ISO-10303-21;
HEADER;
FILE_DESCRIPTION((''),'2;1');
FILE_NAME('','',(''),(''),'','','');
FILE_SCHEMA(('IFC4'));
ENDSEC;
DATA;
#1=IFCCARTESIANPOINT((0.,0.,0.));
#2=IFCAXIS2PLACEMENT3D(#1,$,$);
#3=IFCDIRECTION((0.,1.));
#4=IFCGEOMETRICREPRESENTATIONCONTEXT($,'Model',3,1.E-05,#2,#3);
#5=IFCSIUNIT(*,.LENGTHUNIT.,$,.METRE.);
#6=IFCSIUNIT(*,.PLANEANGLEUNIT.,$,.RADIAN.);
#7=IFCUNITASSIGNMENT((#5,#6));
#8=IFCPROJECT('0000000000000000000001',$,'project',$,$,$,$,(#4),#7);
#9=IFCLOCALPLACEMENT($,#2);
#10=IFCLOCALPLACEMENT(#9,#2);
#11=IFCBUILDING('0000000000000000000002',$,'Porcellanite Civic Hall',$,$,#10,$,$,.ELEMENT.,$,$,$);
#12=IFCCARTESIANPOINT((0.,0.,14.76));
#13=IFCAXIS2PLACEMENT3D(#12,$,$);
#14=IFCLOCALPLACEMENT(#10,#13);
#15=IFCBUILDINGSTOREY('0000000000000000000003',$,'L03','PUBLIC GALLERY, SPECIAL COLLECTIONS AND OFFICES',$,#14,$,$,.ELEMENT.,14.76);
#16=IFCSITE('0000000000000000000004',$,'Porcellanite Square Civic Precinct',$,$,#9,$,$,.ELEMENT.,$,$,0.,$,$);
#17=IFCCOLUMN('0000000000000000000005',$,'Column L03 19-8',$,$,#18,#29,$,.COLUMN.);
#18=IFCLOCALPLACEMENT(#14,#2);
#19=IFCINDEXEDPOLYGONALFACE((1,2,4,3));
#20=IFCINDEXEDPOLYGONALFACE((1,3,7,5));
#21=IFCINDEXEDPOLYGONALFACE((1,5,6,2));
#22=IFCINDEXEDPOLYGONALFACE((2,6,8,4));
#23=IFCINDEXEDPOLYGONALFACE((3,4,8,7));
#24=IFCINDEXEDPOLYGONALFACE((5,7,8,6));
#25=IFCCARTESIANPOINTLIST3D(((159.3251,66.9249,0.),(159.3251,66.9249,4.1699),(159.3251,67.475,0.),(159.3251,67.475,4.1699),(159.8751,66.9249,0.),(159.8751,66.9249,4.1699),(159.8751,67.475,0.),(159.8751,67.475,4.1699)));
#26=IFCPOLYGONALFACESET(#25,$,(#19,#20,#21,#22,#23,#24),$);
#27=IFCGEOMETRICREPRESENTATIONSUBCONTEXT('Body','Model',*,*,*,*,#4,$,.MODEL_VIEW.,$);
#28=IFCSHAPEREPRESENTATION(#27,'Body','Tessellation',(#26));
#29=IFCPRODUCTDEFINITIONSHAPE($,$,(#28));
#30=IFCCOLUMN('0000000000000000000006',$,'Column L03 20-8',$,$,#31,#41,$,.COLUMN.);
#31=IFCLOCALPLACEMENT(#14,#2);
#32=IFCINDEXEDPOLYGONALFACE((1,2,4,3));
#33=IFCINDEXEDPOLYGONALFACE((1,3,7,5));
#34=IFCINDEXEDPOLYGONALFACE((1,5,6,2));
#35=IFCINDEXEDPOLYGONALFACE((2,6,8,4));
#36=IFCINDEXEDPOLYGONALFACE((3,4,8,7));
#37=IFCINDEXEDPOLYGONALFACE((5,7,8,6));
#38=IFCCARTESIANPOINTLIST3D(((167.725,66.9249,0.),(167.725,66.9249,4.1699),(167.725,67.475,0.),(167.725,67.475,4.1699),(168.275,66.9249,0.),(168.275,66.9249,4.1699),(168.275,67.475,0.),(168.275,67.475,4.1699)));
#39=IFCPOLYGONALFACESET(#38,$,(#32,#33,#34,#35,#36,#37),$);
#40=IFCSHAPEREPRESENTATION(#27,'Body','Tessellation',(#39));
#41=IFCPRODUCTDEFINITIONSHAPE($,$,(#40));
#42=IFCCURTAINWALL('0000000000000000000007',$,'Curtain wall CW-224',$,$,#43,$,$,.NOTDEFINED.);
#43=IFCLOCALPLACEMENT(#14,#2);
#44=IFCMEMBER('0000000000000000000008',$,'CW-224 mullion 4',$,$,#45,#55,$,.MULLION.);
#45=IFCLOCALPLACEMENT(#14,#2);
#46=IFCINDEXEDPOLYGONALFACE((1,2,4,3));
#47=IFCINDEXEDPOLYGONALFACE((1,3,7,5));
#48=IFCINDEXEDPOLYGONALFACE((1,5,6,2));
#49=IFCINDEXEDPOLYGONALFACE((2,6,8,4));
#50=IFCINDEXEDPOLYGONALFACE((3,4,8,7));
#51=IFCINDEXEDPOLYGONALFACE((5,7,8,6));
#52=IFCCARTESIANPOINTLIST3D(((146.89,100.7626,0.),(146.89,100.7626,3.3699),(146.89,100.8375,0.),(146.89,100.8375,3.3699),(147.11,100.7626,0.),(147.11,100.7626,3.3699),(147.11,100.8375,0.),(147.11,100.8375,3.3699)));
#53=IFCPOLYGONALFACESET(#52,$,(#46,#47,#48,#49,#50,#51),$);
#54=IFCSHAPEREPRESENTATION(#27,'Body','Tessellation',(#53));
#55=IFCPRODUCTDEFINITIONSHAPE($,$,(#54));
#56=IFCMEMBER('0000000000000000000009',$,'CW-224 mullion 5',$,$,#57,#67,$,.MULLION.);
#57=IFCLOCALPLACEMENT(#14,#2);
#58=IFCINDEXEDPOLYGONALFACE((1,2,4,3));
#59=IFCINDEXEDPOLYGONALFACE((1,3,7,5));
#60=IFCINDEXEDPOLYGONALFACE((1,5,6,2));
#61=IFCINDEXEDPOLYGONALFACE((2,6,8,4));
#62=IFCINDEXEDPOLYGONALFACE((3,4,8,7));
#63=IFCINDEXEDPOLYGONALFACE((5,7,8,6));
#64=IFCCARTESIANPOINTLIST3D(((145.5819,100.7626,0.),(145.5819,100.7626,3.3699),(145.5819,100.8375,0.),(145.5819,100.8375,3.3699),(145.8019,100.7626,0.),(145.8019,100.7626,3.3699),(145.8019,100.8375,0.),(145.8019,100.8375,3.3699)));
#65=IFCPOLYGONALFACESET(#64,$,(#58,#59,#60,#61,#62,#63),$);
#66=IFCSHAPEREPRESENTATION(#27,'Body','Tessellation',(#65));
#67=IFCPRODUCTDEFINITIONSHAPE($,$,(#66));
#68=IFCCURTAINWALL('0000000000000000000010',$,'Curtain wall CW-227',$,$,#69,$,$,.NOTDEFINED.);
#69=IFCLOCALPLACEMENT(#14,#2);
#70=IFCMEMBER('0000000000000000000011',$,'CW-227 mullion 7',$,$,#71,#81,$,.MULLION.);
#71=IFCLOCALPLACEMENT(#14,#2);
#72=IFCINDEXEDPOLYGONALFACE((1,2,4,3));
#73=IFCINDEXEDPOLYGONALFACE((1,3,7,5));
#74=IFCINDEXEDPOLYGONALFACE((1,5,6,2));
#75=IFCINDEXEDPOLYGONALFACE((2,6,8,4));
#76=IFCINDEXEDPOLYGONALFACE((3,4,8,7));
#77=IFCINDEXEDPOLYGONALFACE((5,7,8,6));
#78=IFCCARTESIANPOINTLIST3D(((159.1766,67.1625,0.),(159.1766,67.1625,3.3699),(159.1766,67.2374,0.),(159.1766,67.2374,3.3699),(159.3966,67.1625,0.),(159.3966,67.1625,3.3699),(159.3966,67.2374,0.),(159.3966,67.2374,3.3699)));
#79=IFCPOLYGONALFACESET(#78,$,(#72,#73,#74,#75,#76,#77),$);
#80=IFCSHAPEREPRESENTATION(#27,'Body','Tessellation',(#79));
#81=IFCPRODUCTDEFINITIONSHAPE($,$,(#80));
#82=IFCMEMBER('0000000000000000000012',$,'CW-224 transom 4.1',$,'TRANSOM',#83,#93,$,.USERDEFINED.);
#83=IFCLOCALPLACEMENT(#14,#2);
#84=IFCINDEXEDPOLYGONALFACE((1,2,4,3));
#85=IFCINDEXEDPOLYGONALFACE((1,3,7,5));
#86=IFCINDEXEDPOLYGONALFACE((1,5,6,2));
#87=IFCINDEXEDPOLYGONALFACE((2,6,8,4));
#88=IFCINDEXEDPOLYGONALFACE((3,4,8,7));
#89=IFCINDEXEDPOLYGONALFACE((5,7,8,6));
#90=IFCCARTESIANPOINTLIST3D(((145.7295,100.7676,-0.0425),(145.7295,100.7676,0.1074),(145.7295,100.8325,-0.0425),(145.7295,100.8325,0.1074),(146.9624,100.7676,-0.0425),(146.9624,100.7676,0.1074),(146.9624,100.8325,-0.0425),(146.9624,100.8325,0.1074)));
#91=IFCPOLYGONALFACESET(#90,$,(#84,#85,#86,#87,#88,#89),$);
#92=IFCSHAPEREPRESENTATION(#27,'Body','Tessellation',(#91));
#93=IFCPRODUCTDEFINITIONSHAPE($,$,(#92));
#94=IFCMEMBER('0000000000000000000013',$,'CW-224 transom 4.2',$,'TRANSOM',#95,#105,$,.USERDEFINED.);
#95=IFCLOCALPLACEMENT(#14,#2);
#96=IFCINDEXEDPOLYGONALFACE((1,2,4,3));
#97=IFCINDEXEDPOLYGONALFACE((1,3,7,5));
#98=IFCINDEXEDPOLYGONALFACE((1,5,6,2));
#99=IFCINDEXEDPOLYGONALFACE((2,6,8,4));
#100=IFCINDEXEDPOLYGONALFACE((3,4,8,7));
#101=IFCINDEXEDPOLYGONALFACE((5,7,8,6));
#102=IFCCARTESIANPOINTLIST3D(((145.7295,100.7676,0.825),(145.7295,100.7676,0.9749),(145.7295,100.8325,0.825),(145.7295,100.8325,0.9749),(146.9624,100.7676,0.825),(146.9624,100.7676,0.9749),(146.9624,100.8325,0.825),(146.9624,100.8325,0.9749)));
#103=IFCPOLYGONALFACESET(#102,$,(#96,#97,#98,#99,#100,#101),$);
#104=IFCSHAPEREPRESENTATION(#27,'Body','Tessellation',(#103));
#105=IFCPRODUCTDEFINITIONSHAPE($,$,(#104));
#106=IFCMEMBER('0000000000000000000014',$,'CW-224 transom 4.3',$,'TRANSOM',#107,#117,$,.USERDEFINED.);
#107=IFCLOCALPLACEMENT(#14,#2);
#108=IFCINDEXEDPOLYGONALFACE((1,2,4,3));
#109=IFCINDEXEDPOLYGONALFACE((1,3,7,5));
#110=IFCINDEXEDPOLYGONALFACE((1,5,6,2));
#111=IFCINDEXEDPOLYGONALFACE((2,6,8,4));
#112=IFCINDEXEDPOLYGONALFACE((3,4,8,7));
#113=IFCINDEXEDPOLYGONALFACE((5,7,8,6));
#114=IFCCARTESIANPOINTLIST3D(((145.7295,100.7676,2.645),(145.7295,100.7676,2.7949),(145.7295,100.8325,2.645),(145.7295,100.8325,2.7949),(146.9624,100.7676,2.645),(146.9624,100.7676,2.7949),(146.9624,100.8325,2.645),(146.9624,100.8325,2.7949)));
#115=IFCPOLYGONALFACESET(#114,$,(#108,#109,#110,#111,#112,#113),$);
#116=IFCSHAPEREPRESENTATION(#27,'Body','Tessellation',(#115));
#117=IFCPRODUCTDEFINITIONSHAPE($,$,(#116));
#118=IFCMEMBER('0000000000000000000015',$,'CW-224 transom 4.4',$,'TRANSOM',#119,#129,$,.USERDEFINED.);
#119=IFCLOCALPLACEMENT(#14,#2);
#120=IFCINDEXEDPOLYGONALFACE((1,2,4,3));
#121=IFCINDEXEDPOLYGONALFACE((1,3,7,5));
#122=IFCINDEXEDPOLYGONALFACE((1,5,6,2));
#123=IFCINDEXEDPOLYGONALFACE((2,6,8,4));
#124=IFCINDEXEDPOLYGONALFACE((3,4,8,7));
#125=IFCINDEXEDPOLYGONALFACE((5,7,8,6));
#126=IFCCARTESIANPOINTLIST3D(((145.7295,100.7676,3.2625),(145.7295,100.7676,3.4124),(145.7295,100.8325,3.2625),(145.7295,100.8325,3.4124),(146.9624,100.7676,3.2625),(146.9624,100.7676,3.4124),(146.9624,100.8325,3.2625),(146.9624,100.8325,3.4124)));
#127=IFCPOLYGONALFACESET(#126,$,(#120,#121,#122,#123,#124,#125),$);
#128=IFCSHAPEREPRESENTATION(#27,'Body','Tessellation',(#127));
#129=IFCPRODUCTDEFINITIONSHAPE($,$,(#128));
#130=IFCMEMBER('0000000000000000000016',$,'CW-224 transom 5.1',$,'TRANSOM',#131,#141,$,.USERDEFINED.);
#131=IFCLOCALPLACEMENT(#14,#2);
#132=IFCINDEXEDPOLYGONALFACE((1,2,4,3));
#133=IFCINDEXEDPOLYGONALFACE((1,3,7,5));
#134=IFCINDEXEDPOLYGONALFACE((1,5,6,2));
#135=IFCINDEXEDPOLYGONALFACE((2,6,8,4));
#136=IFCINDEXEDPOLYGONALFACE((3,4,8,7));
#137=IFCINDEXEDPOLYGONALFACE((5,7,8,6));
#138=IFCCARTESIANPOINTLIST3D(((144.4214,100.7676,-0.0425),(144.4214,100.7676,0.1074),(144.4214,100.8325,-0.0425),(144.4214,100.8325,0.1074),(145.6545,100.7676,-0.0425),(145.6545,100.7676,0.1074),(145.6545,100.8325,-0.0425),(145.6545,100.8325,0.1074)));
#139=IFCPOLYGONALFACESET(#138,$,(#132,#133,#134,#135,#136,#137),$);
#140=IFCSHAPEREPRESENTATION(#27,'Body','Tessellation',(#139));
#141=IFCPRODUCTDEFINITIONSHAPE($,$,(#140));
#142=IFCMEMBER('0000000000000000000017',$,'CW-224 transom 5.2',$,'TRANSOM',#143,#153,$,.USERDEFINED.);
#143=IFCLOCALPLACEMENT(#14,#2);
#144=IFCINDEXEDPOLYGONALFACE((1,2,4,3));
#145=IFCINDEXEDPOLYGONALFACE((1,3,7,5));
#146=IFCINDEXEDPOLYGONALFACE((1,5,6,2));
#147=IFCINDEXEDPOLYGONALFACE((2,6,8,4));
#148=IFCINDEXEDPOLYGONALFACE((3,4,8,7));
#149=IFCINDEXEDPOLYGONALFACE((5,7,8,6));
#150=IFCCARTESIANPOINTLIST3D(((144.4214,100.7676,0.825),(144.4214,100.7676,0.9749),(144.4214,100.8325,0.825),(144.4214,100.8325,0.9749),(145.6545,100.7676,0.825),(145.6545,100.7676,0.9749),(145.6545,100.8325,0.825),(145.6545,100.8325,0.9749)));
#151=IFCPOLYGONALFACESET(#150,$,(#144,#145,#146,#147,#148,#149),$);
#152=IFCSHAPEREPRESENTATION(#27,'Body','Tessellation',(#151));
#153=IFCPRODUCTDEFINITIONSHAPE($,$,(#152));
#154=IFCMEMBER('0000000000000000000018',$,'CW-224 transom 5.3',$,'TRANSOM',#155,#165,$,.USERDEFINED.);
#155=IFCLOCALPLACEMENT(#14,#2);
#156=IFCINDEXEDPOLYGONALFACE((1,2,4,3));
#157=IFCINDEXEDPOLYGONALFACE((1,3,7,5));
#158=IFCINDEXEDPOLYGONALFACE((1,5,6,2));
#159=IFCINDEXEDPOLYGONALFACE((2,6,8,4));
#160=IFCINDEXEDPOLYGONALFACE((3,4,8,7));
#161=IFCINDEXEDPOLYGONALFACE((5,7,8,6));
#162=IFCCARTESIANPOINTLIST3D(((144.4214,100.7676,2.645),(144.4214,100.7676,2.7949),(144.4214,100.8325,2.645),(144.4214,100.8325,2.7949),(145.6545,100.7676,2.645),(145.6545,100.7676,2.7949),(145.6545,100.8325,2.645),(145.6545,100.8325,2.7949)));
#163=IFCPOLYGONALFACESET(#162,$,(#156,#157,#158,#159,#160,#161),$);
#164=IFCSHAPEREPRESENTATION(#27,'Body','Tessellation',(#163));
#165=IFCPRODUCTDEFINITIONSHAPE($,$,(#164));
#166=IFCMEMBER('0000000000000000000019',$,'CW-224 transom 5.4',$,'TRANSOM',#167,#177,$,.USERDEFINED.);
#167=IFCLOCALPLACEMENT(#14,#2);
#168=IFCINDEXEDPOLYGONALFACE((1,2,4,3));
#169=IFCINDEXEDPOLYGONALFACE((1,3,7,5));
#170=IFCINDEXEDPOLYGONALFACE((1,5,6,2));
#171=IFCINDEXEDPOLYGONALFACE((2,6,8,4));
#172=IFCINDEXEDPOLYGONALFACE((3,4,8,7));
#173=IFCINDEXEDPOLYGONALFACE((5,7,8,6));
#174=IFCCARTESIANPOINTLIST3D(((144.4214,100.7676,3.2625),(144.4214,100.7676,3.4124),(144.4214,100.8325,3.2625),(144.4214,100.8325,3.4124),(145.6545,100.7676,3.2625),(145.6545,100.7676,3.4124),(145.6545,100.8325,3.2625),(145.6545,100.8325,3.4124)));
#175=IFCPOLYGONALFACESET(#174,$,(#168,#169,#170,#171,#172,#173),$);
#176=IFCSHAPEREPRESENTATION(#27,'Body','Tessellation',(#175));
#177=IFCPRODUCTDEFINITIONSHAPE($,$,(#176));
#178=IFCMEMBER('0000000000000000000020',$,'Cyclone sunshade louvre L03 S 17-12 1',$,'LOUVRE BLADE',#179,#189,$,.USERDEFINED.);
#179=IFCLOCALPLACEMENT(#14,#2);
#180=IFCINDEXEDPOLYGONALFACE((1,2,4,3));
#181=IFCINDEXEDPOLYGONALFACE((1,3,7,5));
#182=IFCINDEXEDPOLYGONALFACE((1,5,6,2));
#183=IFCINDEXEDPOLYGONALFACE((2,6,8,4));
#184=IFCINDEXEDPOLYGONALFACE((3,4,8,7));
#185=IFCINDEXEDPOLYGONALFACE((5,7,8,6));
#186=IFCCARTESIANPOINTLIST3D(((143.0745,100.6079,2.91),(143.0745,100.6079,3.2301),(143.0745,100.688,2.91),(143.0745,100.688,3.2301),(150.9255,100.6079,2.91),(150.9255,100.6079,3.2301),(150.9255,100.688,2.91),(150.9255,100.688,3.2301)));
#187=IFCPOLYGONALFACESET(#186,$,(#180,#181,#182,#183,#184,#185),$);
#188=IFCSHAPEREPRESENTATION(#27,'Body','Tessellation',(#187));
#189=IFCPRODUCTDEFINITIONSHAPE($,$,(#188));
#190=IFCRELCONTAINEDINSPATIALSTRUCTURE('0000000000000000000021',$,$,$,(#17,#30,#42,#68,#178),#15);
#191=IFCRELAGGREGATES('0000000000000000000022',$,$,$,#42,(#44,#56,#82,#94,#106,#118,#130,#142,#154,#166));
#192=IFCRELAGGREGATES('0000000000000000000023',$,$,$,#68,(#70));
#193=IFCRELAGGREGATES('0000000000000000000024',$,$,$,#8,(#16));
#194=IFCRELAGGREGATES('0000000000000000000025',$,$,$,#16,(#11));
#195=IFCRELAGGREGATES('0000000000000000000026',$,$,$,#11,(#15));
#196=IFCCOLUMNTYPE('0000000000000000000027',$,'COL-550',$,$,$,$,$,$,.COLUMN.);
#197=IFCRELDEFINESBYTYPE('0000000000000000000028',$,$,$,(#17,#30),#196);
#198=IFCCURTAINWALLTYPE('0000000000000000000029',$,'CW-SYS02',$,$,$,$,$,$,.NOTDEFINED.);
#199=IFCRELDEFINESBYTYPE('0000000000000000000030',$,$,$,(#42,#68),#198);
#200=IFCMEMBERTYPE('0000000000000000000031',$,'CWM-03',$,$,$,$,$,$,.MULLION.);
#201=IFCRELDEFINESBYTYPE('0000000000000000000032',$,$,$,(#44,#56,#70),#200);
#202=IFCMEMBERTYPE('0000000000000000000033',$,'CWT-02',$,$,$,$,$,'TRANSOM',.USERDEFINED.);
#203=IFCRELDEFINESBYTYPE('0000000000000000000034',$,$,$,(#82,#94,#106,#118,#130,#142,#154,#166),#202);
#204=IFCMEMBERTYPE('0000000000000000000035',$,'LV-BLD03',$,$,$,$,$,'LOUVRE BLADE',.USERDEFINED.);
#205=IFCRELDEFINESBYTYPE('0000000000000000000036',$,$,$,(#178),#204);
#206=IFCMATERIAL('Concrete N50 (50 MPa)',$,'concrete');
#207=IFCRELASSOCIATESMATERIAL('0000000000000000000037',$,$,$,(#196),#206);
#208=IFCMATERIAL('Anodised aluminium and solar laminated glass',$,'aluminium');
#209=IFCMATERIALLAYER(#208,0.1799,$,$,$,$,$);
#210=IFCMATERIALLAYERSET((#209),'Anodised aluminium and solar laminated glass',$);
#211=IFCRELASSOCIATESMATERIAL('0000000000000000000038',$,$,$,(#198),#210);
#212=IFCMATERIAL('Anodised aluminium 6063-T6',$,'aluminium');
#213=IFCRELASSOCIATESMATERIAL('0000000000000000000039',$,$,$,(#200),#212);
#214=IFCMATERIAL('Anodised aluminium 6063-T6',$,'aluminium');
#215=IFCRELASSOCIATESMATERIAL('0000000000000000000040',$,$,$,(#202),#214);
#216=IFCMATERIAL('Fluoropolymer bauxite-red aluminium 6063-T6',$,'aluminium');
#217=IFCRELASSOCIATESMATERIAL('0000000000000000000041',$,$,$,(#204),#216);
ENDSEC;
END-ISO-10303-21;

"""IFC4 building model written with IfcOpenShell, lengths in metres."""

from ifc_helpers import new_model, si_unit, direction, frame, origin, origin_2d, place, context, subcontext, project, spatial, rectangle, extrude, material, layer, layer_set, material_profile, profile_set, type_object, element, aggregate, save


model = new_model("IFC4")

# Units and contexts
model_context = context("Model", 3, precision=1e-05, world=origin(), true_north=direction((0.0, 1.0)))
body_context = subcontext(model_context, "Body", "Model", "MODEL_VIEW")
ifc_project = project(units=[si_unit("LENGTHUNIT", "METRE"), si_unit("PLANEANGLEUNIT", "RADIAN")], contexts=[model_context])

# Site, building, storey
site_placement = place(None, origin())
site = spatial("IfcSite", under=ifc_project, at=site_placement, Name="Porcellanite Square Civic Precinct", CompositionType="ELEMENT", RefElevation=0.0)
building_placement = place(site_placement, origin())
building = spatial("IfcBuilding", under=site, at=building_placement, Name="Porcellanite Civic Hall", CompositionType="ELEMENT")
storey_placement = place(building_placement, frame((0.0, 0.0, 14.76)))
storey = spatial("IfcBuildingStorey", under=building, at=storey_placement, Name="L03", Description="PUBLIC GALLERY, SPECIAL COLLECTIONS AND OFFICES", CompositionType="ELEMENT", Elevation=14.76)

# Columns
ifc_material_1 = material(Name="Concrete N50 (50 MPa)", Category="concrete")
ifc_material_profile_1 = material_profile(ifc_material_1, rectangle(XDim=0.55, YDim=0.55, at=origin_2d()), Name="RC-550x550")
ifc_profile_set_1 = profile_set([ifc_material_profile_1], Name="Concrete N50 (50 MPa)")
column_type = type_object("IfcColumnType", Name="COL-550", PredefinedType="COLUMN", material=ifc_profile_set_1)
for number, where, z_axis, x_axis, name in (
    (1, (159.6001, 67.2, 0.0), (0.0, 0.0, 1.0), (1.0, 0.0, 0.0), "Column L03 19-8"),
    (2, (168.0, 67.2, 0.0), (0.0, 0.0, 1.0), (1.0, 0.0, 0.0), "Column L03 20-8"),
):
    element("IfcColumn", number, at=place(storey_placement, frame(where, z_axis=z_axis, x_axis=x_axis)), inside=storey, type_object=column_type, Name=name, PredefinedType="COLUMN", context=body_context, shape_type="SweptSolid", body=[
        extrude(rectangle(XDim=0.55, YDim=0.55, at=origin_2d()), origin(), (0.0, 0.0, 1.0), 4.1699),
    ])

# Curtain wall, members
ifc_material_2 = material(Name="Anodised aluminium and solar laminated glass", Category="aluminium")
ifc_layer_1 = layer(ifc_material_2, 0.1799)
ifc_layer_set_1 = layer_set([ifc_layer_1], Name="Anodised aluminium and solar laminated glass")
curtain_wall_type = type_object("IfcCurtainWallType", Name="CW-SYS02", PredefinedType="NOTDEFINED", material=ifc_layer_set_1)
curtain_wall_1_placement = place(storey_placement, origin())
curtain_wall_1 = element("IfcCurtainWall", 3, at=curtain_wall_1_placement, inside=storey, type_object=curtain_wall_type, Name="Curtain wall CW-224", PredefinedType="NOTDEFINED")
ifc_material_3 = material(Name="Anodised aluminium 6063-T6", Category="aluminium")
ifc_material_profile_2 = material_profile(ifc_material_3, rectangle(XDim=0.075, YDim=0.22, at=origin_2d()), Name="AL-75x220")
ifc_profile_set_2 = profile_set([ifc_material_profile_2], Name="Anodised aluminium 6063-T6")
member_type_1 = type_object("IfcMemberType", Name="CWM-03", PredefinedType="MULLION", material=ifc_profile_set_2)
member_1_placement = place(storey_placement, frame((147.0, 100.8, 0.0), z_axis=(0.0, 0.0, 1.0), x_axis=(0.0, -1.0, 0.0)))
member_1 = element("IfcMember", 4, at=member_1_placement, type_object=member_type_1, Name="CW-224 mullion 4", PredefinedType="MULLION", context=body_context, shape_type="SweptSolid", body=[
    extrude(rectangle(XDim=0.075, YDim=0.22, at=origin_2d()), origin(), (0.0, 0.0, 1.0), 3.3699),
])
member_2_placement = place(storey_placement, frame((145.6919, 100.8, 0.0), z_axis=(0.0, 0.0, 1.0), x_axis=(0.0, -1.0, 0.0)))
member_2 = element("IfcMember", 5, at=member_2_placement, type_object=member_type_1, Name="CW-224 mullion 5", PredefinedType="MULLION", context=body_context, shape_type="SweptSolid", body=[
    extrude(rectangle(XDim=0.075, YDim=0.22, at=origin_2d()), origin(), (0.0, 0.0, 1.0), 3.3699),
])

# Curtain wall, member
curtain_wall_2_placement = place(storey_placement, origin())
curtain_wall_2 = element("IfcCurtainWall", 6, at=curtain_wall_2_placement, inside=storey, type_object=curtain_wall_type, Name="Curtain wall CW-227", PredefinedType="NOTDEFINED")
member_3_placement = place(storey_placement, frame((159.2866, 67.2, 0.0), z_axis=(0.0, 0.0, 1.0), x_axis=(0.0, 1.0, 0.0)))
member_3 = element("IfcMember", 7, at=member_3_placement, type_object=member_type_1, Name="CW-227 mullion 7", PredefinedType="MULLION", context=body_context, shape_type="SweptSolid", body=[
    extrude(rectangle(XDim=0.075, YDim=0.22, at=origin_2d()), origin(), (0.0, 0.0, 1.0), 3.3699),
])

# Members
ifc_material_4 = material(Name="Anodised aluminium 6063-T6", Category="aluminium")
ifc_material_profile_3 = material_profile(ifc_material_4, rectangle(XDim=0.0649, YDim=0.1499, at=origin_2d()), Name="AL-65x150")
ifc_profile_set_3 = profile_set([ifc_material_profile_3], Name="Anodised aluminium 6063-T6")
member_type_2 = type_object("IfcMemberType", Name="CWT-02", ElementType="TRANSOM", PredefinedType="USERDEFINED", material=ifc_profile_set_3)
member_4_placement = place(storey_placement, frame((146.9624, 100.8, 0.0325), z_axis=(-1.0, 0.0, 0.0), x_axis=(0.0, -1.0, 0.0)))
member_4 = element("IfcMember", 8, at=member_4_placement, type_object=member_type_2, Name="CW-224 transom 4.1", ObjectType="TRANSOM", PredefinedType="USERDEFINED", context=body_context, shape_type="SweptSolid", body=[
    extrude(rectangle(XDim=0.0649, YDim=0.1499, at=origin_2d()), origin(), (0.0, 0.0, 1.0), 1.2329),
])
member_5_placement = place(storey_placement, frame((146.9624, 100.8, 0.8999), z_axis=(-1.0, 0.0, 0.0), x_axis=(0.0, -1.0, 0.0)))
member_5 = element("IfcMember", 9, at=member_5_placement, type_object=member_type_2, Name="CW-224 transom 4.2", ObjectType="TRANSOM", PredefinedType="USERDEFINED", context=body_context, shape_type="SweptSolid", body=[
    extrude(rectangle(XDim=0.0649, YDim=0.1499, at=origin_2d()), origin(), (0.0, 0.0, 1.0), 1.2329),
])
member_6_placement = place(storey_placement, frame((146.9624, 100.8, 2.72), z_axis=(-1.0, 0.0, 0.0), x_axis=(0.0, -1.0, 0.0)))
member_6 = element("IfcMember", 10, at=member_6_placement, type_object=member_type_2, Name="CW-224 transom 4.3", ObjectType="TRANSOM", PredefinedType="USERDEFINED", context=body_context, shape_type="SweptSolid", body=[
    extrude(rectangle(XDim=0.0649, YDim=0.1499, at=origin_2d()), origin(), (0.0, 0.0, 1.0), 1.2329),
])
member_7_placement = place(storey_placement, frame((146.9624, 100.8, 3.3374), z_axis=(-1.0, 0.0, 0.0), x_axis=(0.0, -1.0, 0.0)))
member_7 = element("IfcMember", 11, at=member_7_placement, type_object=member_type_2, Name="CW-224 transom 4.4", ObjectType="TRANSOM", PredefinedType="USERDEFINED", context=body_context, shape_type="SweptSolid", body=[
    extrude(rectangle(XDim=0.0649, YDim=0.1499, at=origin_2d()), origin(), (0.0, 0.0, 1.0), 1.2329),
])
member_8_placement = place(storey_placement, frame((145.6545, 100.8, 0.0325), z_axis=(-1.0, 0.0, 0.0), x_axis=(0.0, -1.0, 0.0)))
member_8 = element("IfcMember", 12, at=member_8_placement, type_object=member_type_2, Name="CW-224 transom 5.1", ObjectType="TRANSOM", PredefinedType="USERDEFINED", context=body_context, shape_type="SweptSolid", body=[
    extrude(rectangle(XDim=0.0649, YDim=0.1499, at=origin_2d()), origin(), (0.0, 0.0, 1.0), 1.2332),
])
member_9_placement = place(storey_placement, frame((145.6545, 100.8, 0.8999), z_axis=(-1.0, 0.0, 0.0), x_axis=(0.0, -1.0, 0.0)))
member_9 = element("IfcMember", 13, at=member_9_placement, type_object=member_type_2, Name="CW-224 transom 5.2", ObjectType="TRANSOM", PredefinedType="USERDEFINED", context=body_context, shape_type="SweptSolid", body=[
    extrude(rectangle(XDim=0.0649, YDim=0.1499, at=origin_2d()), origin(), (0.0, 0.0, 1.0), 1.2332),
])
member_10_placement = place(storey_placement, frame((145.6545, 100.8, 2.72), z_axis=(-1.0, 0.0, 0.0), x_axis=(0.0, -1.0, 0.0)))
member_10 = element("IfcMember", 14, at=member_10_placement, type_object=member_type_2, Name="CW-224 transom 5.3", ObjectType="TRANSOM", PredefinedType="USERDEFINED", context=body_context, shape_type="SweptSolid", body=[
    extrude(rectangle(XDim=0.0649, YDim=0.1499, at=origin_2d()), origin(), (0.0, 0.0, 1.0), 1.2332),
])
member_11_placement = place(storey_placement, frame((145.6545, 100.8, 3.3374), z_axis=(-1.0, 0.0, 0.0), x_axis=(0.0, -1.0, 0.0)))
member_11 = element("IfcMember", 15, at=member_11_placement, type_object=member_type_2, Name="CW-224 transom 5.4", ObjectType="TRANSOM", PredefinedType="USERDEFINED", context=body_context, shape_type="SweptSolid", body=[
    extrude(rectangle(XDim=0.0649, YDim=0.1499, at=origin_2d()), origin(), (0.0, 0.0, 1.0), 1.2332),
])

# Member
ifc_material_5 = material(Name="Fluoropolymer bauxite-red aluminium 6063-T6", Category="aluminium")
ifc_material_profile_4 = material_profile(ifc_material_5, rectangle(XDim=0.0801, YDim=0.3201, at=origin_2d()), Name="AL-80x320")
ifc_profile_set_4 = profile_set([ifc_material_profile_4], Name="Fluoropolymer bauxite-red aluminium 6063-T6")
member_type_3 = type_object("IfcMemberType", Name="LV-BLD03", ElementType="LOUVRE BLADE", PredefinedType="USERDEFINED", material=ifc_profile_set_4)
for number, where, z_axis, x_axis, name in (
    (16, (150.9255, 100.6479, 3.0701), (-1.0, 0.0, 0.0), (0.0, -1.0, 0.0), "Cyclone sunshade louvre L03 S 17-12 1"),
):
    element("IfcMember", number, at=place(storey_placement, frame(where, z_axis=z_axis, x_axis=x_axis)), inside=storey, type_object=member_type_3, Name=name, ObjectType="LOUVRE BLADE", PredefinedType="USERDEFINED", context=body_context, shape_type="SweptSolid", body=[
        extrude(rectangle(XDim=0.0801, YDim=0.3201, at=origin_2d()), origin(), (0.0, 0.0, 1.0), 7.8511),
    ])

aggregate(curtain_wall_1, [member_1, member_2, member_4, member_5, member_6, member_7, member_8, member_9, member_10, member_11])
aggregate(curtain_wall_2, [member_3])

save(model, "model.ifc")
